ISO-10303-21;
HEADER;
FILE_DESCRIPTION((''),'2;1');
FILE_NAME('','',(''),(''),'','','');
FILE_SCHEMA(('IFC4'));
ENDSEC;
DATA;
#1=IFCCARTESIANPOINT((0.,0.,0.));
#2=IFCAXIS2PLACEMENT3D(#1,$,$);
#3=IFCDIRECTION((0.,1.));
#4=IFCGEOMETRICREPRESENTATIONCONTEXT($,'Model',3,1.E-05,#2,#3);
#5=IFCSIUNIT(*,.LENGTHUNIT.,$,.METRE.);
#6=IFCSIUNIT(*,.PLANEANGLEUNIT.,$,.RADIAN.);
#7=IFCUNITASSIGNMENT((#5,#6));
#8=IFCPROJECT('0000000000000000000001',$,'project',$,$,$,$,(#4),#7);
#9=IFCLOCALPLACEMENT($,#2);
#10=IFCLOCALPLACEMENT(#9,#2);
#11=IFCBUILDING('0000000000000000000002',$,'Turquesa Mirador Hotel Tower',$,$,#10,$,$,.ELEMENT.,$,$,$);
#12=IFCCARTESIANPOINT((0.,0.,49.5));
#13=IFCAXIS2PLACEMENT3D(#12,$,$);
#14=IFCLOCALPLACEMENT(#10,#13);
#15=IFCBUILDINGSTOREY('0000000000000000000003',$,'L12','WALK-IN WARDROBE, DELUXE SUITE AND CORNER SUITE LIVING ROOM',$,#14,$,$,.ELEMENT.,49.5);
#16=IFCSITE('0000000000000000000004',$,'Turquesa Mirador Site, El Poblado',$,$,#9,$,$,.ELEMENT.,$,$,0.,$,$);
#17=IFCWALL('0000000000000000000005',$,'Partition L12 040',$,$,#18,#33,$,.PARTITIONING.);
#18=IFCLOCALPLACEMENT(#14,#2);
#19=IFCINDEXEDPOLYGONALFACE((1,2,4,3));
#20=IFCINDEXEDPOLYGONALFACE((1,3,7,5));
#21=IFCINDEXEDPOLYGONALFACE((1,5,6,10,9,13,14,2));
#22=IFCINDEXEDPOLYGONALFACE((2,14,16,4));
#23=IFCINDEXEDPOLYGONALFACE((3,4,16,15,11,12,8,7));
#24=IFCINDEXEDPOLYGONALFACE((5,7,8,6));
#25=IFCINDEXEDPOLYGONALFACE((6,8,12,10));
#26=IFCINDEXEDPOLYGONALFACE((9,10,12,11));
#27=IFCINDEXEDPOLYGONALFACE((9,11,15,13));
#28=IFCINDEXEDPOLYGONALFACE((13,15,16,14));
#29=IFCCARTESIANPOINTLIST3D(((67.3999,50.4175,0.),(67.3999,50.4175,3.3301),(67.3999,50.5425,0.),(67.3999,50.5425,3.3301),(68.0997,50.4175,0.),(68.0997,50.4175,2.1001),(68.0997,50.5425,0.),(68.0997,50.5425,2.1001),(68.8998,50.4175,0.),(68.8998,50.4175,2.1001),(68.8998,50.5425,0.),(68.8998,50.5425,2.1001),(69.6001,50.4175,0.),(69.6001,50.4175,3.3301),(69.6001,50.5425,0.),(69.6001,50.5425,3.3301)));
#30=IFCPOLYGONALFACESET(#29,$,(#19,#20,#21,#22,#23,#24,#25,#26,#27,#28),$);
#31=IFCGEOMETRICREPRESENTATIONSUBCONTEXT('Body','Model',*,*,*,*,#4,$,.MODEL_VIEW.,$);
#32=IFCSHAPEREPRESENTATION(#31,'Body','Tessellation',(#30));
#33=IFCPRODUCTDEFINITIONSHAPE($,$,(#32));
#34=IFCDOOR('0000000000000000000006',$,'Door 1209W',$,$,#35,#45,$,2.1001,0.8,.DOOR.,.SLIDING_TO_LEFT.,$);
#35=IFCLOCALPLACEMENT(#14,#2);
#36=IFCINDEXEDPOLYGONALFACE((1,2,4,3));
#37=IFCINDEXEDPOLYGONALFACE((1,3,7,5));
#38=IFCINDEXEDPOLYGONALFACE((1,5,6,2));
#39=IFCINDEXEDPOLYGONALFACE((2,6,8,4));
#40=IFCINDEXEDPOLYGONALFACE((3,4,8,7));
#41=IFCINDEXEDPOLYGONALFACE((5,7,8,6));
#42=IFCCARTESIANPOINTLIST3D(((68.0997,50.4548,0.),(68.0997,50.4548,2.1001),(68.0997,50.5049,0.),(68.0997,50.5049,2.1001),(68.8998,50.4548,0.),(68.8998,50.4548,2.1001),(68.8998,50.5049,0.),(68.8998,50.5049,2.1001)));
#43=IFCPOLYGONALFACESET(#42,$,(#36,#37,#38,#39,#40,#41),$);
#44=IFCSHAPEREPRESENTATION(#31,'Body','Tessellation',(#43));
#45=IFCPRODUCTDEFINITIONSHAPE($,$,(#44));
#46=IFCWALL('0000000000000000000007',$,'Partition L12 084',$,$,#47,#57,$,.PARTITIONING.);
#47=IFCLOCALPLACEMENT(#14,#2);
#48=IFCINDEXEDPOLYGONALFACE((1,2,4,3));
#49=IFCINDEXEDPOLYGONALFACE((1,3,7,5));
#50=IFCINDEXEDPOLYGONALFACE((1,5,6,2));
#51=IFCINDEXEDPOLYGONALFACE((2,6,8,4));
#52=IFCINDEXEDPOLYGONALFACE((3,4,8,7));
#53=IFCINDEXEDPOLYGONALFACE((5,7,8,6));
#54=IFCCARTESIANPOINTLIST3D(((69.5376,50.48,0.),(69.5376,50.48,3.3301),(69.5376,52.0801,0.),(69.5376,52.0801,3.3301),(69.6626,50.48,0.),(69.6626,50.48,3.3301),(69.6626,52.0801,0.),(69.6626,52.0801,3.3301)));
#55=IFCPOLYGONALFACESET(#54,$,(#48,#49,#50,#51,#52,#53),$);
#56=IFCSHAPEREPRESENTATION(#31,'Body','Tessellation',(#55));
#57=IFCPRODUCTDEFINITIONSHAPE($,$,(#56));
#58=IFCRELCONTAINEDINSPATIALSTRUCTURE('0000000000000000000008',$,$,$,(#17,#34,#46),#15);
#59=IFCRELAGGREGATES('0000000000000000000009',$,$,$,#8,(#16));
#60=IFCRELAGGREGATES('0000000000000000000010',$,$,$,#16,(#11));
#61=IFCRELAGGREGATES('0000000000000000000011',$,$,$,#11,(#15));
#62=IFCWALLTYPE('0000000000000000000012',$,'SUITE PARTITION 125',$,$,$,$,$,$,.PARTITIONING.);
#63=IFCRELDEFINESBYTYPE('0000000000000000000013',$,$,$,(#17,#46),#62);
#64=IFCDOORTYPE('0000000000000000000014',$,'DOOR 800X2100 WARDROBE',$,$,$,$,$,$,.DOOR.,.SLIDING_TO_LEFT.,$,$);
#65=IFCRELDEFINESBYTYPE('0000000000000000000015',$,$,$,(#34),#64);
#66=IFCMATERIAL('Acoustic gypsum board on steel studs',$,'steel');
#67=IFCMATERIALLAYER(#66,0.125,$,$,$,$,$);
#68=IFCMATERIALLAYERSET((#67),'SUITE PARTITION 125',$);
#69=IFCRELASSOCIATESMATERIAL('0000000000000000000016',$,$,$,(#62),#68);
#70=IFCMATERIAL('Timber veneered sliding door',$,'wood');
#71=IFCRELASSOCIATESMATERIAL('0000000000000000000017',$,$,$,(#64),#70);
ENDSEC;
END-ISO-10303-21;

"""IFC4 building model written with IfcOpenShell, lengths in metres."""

from ifc_helpers import new_model, si_unit, direction, frame, frame_2d, origin, place, context, subcontext, project, spatial, rectangle, extrude, material, layer, layer_set, type_object, element, fill, save


model = new_model("IFC4")

# Units and contexts
model_context = context("Model", 3, precision=1e-05, world=origin(), true_north=direction((0.0, 1.0)))
body_context = subcontext(model_context, "Body", "Model", "MODEL_VIEW")
ifc_project = project(units=[si_unit("LENGTHUNIT", "METRE"), si_unit("PLANEANGLEUNIT", "RADIAN")], contexts=[model_context])

# Site, building, storey
site_placement = place(None, origin())
site = spatial("IfcSite", under=ifc_project, at=site_placement, Name="Turquesa Mirador Site, El Poblado", CompositionType="ELEMENT", RefElevation=0.0)
building_placement = place(site_placement, origin())
building = spatial("IfcBuilding", under=site, at=building_placement, Name="Turquesa Mirador Hotel Tower", CompositionType="ELEMENT")
storey_placement = place(building_placement, frame((0.0, 0.0, 49.5)))
storey = spatial("IfcBuildingStorey", under=building, at=storey_placement, Name="L12", Description="WALK-IN WARDROBE, DELUXE SUITE AND CORNER SUITE LIVING ROOM", CompositionType="ELEMENT", Elevation=49.5)

# Wall, opening, door
ifc_material_1 = material(Name="Acoustic gypsum board on steel studs", Category="steel")
ifc_layer_1 = layer(ifc_material_1, 0.125)
ifc_layer_set_1 = layer_set([ifc_layer_1], Name="SUITE PARTITION 125")
wall_type_1 = type_object("IfcWallType", Name="SUITE PARTITION 125", PredefinedType="PARTITIONING", material=ifc_layer_set_1)
wall_1_placement = place(storey_placement, frame((67.3999, 50.48, 0.0), z_axis=(0.0, 0.0, 1.0), x_axis=(1.0, 0.0, 0.0)))
wall_1 = element("IfcWall", 1, at=wall_1_placement, inside=storey, type_object=wall_type_1, Name="Partition L12 040", PredefinedType="PARTITIONING", context=body_context, shape_type="SweptSolid", body=[
    extrude(rectangle(XDim=2.2002, YDim=0.125, at=frame_2d((1.1001, 0.0))), origin(), (0.0, 0.0, 1.0), 3.3301),
])
opening_1_placement = place(wall_1_placement, frame((0.7, 0.0, 0.0)))
opening_1 = element("IfcOpeningElement", 2, at=opening_1_placement, cuts=wall_1, PredefinedType="OPENING", context=body_context, shape_type="SweptSolid", body=[
    extrude(rectangle(XDim=0.8, YDim=2.1001, at=frame_2d((0.3999, 1.05))), frame((0.0, 0.0725, 0.0), z_axis=(0.0, -1.0, 0.0), x_axis=(1.0, 0.0, 0.0)), (0.0, 0.0, 1.0), 0.145),
])
ifc_material_2 = material(Name="Timber veneered sliding door", Category="wood")
door_type_1 = type_object("IfcDoorType", Name="DOOR 800X2100 WARDROBE", OperationType="SLIDING_TO_LEFT", PredefinedType="DOOR", material=ifc_material_2)
door_1_placement = place(opening_1_placement, origin())
door_1 = element("IfcDoor", 3, at=door_1_placement, inside=storey, type_object=door_type_1, Name="Door 1209W", OperationType="SLIDING_TO_LEFT", OverallHeight=2.1001, OverallWidth=0.8, PredefinedType="DOOR", context=body_context, shape_type="SweptSolid", body=[
    extrude(rectangle(XDim=0.8, YDim=2.1001, at=frame_2d((0.3999, 1.05))), frame((0.0, 0.0249, 0.0), z_axis=(0.0, -1.0, 0.0), x_axis=(1.0, 0.0, 0.0)), (0.0, 0.0, 1.0), 0.05),
])
fill(opening_1, door_1)

# Wall
wall_2_placement = place(storey_placement, frame((69.6001, 50.48, 0.0), z_axis=(0.0, 0.0, 1.0), x_axis=(0.0, 1.0, 0.0)))
element("IfcWall", 4, at=wall_2_placement, inside=storey, type_object=wall_type_1, Name="Partition L12 084", PredefinedType="PARTITIONING", context=body_context, shape_type="SweptSolid", body=[
    extrude(rectangle(XDim=1.6001, YDim=0.125, at=frame_2d((0.8, 0.0))), origin(), (0.0, 0.0, 1.0), 3.3301),
])

save(model, "model.ifc")
